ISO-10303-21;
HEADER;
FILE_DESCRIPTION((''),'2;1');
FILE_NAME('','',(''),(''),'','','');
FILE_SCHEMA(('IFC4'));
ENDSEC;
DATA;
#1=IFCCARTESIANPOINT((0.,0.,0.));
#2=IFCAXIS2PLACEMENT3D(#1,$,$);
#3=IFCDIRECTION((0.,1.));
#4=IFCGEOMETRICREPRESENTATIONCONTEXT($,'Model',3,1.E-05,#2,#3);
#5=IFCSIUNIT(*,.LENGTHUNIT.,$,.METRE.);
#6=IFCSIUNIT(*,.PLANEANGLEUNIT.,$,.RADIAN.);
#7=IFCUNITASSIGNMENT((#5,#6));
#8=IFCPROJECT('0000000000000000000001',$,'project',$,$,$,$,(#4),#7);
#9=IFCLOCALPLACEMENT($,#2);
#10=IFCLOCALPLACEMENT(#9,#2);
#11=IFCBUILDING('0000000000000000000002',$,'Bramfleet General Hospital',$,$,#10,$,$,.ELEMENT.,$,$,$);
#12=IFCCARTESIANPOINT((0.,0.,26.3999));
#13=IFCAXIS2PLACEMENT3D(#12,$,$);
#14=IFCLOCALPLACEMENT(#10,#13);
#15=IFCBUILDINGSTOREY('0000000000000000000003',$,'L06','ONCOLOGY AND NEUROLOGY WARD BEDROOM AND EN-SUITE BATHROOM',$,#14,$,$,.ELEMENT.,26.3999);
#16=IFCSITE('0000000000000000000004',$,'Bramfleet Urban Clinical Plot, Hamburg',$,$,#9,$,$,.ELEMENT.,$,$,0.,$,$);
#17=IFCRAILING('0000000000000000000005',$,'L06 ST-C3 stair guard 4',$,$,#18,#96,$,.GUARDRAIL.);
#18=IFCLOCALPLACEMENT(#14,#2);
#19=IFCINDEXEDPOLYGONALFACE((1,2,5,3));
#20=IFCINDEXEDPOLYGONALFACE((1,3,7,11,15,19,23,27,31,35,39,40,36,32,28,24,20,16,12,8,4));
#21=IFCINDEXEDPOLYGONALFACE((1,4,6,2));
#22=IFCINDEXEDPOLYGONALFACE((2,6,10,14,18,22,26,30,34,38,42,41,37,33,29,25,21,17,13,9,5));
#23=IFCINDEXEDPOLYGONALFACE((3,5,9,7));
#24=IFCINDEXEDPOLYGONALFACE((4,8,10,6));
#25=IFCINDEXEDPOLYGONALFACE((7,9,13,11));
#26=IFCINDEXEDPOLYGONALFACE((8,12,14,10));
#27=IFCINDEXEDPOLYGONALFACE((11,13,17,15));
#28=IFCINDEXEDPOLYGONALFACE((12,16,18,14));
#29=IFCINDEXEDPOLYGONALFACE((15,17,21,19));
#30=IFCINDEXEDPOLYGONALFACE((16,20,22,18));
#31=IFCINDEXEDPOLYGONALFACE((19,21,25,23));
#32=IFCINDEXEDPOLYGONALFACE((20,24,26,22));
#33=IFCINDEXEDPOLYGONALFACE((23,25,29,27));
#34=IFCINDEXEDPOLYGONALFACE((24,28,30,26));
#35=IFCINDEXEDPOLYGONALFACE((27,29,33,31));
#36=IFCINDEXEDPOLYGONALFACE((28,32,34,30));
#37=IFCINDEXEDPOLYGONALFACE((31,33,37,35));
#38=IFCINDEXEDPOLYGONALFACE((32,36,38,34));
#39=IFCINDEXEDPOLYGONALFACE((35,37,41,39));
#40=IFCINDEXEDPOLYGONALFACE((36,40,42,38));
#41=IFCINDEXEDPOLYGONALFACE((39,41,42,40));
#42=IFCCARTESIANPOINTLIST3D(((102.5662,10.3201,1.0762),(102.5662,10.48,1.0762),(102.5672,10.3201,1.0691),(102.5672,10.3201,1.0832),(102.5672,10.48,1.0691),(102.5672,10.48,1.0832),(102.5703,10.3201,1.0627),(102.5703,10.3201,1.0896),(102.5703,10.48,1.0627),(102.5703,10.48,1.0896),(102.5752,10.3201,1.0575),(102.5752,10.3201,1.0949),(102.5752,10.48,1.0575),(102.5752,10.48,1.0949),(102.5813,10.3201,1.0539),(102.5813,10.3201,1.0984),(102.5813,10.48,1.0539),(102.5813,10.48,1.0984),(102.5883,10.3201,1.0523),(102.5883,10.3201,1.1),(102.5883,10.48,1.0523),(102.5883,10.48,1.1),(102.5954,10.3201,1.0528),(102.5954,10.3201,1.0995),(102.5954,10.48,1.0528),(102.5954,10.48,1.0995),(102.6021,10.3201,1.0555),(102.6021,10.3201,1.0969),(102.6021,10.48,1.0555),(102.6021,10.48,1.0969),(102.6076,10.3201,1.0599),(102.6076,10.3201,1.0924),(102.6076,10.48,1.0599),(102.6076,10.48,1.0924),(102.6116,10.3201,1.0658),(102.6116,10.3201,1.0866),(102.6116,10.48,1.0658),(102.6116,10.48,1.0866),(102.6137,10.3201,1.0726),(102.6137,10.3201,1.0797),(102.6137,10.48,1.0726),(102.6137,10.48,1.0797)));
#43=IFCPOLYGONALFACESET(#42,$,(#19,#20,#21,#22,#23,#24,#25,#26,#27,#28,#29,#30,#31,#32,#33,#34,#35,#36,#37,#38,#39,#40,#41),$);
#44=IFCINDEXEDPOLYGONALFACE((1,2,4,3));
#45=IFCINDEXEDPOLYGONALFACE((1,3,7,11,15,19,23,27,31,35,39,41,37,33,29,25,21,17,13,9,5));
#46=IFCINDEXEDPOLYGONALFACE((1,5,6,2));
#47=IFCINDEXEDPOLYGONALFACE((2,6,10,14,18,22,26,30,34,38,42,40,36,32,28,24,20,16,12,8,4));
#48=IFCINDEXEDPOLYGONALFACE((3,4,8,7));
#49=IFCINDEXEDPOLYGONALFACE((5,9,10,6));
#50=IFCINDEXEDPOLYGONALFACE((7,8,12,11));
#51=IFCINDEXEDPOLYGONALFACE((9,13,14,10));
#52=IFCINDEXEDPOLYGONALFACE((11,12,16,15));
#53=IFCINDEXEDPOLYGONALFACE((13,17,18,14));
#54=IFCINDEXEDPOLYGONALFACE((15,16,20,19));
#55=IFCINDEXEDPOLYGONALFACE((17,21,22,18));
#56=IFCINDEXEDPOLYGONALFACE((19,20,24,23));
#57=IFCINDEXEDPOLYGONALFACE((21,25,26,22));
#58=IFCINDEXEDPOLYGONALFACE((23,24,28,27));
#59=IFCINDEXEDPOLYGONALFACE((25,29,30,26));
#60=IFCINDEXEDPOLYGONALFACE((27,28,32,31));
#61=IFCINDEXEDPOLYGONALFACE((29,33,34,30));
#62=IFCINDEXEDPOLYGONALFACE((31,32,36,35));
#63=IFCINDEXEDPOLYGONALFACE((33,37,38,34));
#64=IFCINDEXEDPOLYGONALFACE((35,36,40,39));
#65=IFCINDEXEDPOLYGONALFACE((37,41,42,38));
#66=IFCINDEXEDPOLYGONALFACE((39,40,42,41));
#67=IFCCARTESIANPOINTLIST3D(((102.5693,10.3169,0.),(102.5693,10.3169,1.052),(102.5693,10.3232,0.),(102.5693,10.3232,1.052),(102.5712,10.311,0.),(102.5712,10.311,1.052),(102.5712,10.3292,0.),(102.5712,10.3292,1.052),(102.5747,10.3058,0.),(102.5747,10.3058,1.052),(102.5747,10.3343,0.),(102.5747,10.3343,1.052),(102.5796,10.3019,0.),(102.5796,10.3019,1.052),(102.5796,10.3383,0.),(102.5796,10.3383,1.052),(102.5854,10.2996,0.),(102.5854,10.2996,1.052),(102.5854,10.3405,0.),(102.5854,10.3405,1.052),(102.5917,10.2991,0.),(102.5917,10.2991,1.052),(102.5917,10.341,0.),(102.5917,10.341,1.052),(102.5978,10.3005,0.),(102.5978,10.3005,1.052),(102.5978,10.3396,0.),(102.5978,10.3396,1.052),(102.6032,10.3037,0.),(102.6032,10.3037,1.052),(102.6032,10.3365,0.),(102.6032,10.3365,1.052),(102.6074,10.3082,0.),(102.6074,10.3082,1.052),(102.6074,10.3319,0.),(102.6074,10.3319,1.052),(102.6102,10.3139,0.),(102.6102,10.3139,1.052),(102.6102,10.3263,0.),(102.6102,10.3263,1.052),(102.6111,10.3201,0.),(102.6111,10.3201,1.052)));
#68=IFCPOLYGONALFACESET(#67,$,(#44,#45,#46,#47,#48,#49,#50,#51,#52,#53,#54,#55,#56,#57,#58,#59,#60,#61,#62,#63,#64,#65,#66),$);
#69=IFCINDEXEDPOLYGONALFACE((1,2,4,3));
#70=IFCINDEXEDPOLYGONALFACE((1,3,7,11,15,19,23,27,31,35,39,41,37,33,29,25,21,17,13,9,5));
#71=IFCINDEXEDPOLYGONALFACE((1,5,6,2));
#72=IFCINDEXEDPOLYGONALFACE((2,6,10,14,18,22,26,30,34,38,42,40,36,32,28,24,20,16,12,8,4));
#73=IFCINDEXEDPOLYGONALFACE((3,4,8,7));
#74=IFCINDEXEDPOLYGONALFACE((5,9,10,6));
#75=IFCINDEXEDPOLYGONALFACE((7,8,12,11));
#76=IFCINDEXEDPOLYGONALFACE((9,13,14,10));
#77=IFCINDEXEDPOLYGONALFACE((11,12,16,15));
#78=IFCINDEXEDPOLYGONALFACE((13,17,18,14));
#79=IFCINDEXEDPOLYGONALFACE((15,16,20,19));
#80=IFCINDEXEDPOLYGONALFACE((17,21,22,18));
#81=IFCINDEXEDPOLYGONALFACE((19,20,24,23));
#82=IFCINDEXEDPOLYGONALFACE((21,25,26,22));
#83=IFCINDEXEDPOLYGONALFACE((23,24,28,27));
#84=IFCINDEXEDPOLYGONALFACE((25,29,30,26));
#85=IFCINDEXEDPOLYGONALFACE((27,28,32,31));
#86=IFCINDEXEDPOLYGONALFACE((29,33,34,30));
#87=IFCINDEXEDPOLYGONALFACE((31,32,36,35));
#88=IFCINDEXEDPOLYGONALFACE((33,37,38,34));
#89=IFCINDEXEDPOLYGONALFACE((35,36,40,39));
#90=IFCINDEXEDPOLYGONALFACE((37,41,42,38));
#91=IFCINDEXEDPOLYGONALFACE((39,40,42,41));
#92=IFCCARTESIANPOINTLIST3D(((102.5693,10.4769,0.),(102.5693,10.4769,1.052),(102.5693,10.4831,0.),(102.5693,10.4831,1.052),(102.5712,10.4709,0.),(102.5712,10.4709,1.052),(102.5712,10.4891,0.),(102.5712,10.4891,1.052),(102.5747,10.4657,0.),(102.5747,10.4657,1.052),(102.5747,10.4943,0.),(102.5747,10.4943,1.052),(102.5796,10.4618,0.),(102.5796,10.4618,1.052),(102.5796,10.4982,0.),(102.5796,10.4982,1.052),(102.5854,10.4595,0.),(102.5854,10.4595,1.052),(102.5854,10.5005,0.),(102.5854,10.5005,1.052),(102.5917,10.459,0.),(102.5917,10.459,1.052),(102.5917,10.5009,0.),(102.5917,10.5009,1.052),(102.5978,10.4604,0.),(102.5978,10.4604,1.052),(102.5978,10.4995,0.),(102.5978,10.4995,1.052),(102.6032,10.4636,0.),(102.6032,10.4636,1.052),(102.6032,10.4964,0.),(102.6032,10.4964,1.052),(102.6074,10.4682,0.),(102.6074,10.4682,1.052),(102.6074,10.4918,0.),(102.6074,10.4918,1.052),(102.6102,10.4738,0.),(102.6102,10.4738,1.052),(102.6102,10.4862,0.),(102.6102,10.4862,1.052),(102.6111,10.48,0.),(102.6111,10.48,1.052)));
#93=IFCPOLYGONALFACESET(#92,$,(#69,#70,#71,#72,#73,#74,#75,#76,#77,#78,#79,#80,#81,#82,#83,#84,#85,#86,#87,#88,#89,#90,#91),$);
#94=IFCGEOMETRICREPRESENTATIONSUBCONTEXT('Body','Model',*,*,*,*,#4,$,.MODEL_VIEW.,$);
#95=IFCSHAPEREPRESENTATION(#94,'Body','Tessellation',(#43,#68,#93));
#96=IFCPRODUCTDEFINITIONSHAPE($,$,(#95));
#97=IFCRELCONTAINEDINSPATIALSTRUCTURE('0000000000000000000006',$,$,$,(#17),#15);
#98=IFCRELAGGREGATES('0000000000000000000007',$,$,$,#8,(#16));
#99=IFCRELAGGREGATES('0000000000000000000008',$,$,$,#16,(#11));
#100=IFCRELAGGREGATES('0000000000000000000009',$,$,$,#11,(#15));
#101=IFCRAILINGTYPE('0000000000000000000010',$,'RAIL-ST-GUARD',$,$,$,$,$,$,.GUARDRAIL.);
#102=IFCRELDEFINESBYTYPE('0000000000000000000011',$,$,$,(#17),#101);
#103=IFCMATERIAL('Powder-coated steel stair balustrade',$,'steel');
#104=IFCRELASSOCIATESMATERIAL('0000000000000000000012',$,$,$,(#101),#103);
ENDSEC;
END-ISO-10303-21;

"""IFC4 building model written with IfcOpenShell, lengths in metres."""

from ifc_helpers import new_model, si_unit, direction, frame, origin, origin_2d, place, context, subcontext, project, spatial, circle, extrude, material, type_object, element, save


model = new_model("IFC4")

# Units and contexts
model_context = context("Model", 3, precision=1e-05, world=origin(), true_north=direction((0.0, 1.0)))
body_context = subcontext(model_context, "Body", "Model", "MODEL_VIEW")
ifc_project = project(units=[si_unit("LENGTHUNIT", "METRE"), si_unit("PLANEANGLEUNIT", "RADIAN")], contexts=[model_context])

# Site, building, storey
site_placement = place(None, origin())
site = spatial("IfcSite", under=ifc_project, at=site_placement, Name="Bramfleet Urban Clinical Plot, Hamburg", CompositionType="ELEMENT", RefElevation=0.0)
building_placement = place(site_placement, origin())
building = spatial("IfcBuilding", under=site, at=building_placement, Name="Bramfleet General Hospital", CompositionType="ELEMENT")
storey_placement = place(building_placement, frame((0.0, 0.0, 26.3999)))
storey = spatial("IfcBuildingStorey", under=building, at=storey_placement, Name="L06", Description="ONCOLOGY AND NEUROLOGY WARD BEDROOM AND EN-SUITE BATHROOM", CompositionType="ELEMENT", Elevation=26.3999)

# Railing
ifc_material_1 = material(Name="Powder-coated steel stair balustrade", Category="steel")
railing_type_1 = type_object("IfcRailingType", Name="RAIL-ST-GUARD", PredefinedType="GUARDRAIL", material=ifc_material_1)
railing_1_placement = place(storey_placement, frame((102.5901, 10.3201, 0.0)))
element("IfcRailing", 1, at=railing_1_placement, inside=storey, type_object=railing_type_1, Name="L06 ST-C3 stair guard 4", PredefinedType="GUARDRAIL", context=body_context, shape_type="SweptSolid", body=[
    extrude(circle(Radius=0.0239, at=origin_2d()), frame((0.0, 0.0, 1.0762), z_axis=(0.0, 1.0, 0.0), x_axis=(-1.0, 0.0, 0.0)), (0.0, 0.0, 1.0), 0.1599),
    extrude(circle(Radius=0.021, at=origin_2d()), origin(), (0.0, 0.0, 1.0), 1.052),
    extrude(circle(Radius=0.021, at=origin_2d()), frame((0.0, 0.1599, 0.0)), (0.0, 0.0, 1.0), 1.052),
])

save(model, "model.ifc")
